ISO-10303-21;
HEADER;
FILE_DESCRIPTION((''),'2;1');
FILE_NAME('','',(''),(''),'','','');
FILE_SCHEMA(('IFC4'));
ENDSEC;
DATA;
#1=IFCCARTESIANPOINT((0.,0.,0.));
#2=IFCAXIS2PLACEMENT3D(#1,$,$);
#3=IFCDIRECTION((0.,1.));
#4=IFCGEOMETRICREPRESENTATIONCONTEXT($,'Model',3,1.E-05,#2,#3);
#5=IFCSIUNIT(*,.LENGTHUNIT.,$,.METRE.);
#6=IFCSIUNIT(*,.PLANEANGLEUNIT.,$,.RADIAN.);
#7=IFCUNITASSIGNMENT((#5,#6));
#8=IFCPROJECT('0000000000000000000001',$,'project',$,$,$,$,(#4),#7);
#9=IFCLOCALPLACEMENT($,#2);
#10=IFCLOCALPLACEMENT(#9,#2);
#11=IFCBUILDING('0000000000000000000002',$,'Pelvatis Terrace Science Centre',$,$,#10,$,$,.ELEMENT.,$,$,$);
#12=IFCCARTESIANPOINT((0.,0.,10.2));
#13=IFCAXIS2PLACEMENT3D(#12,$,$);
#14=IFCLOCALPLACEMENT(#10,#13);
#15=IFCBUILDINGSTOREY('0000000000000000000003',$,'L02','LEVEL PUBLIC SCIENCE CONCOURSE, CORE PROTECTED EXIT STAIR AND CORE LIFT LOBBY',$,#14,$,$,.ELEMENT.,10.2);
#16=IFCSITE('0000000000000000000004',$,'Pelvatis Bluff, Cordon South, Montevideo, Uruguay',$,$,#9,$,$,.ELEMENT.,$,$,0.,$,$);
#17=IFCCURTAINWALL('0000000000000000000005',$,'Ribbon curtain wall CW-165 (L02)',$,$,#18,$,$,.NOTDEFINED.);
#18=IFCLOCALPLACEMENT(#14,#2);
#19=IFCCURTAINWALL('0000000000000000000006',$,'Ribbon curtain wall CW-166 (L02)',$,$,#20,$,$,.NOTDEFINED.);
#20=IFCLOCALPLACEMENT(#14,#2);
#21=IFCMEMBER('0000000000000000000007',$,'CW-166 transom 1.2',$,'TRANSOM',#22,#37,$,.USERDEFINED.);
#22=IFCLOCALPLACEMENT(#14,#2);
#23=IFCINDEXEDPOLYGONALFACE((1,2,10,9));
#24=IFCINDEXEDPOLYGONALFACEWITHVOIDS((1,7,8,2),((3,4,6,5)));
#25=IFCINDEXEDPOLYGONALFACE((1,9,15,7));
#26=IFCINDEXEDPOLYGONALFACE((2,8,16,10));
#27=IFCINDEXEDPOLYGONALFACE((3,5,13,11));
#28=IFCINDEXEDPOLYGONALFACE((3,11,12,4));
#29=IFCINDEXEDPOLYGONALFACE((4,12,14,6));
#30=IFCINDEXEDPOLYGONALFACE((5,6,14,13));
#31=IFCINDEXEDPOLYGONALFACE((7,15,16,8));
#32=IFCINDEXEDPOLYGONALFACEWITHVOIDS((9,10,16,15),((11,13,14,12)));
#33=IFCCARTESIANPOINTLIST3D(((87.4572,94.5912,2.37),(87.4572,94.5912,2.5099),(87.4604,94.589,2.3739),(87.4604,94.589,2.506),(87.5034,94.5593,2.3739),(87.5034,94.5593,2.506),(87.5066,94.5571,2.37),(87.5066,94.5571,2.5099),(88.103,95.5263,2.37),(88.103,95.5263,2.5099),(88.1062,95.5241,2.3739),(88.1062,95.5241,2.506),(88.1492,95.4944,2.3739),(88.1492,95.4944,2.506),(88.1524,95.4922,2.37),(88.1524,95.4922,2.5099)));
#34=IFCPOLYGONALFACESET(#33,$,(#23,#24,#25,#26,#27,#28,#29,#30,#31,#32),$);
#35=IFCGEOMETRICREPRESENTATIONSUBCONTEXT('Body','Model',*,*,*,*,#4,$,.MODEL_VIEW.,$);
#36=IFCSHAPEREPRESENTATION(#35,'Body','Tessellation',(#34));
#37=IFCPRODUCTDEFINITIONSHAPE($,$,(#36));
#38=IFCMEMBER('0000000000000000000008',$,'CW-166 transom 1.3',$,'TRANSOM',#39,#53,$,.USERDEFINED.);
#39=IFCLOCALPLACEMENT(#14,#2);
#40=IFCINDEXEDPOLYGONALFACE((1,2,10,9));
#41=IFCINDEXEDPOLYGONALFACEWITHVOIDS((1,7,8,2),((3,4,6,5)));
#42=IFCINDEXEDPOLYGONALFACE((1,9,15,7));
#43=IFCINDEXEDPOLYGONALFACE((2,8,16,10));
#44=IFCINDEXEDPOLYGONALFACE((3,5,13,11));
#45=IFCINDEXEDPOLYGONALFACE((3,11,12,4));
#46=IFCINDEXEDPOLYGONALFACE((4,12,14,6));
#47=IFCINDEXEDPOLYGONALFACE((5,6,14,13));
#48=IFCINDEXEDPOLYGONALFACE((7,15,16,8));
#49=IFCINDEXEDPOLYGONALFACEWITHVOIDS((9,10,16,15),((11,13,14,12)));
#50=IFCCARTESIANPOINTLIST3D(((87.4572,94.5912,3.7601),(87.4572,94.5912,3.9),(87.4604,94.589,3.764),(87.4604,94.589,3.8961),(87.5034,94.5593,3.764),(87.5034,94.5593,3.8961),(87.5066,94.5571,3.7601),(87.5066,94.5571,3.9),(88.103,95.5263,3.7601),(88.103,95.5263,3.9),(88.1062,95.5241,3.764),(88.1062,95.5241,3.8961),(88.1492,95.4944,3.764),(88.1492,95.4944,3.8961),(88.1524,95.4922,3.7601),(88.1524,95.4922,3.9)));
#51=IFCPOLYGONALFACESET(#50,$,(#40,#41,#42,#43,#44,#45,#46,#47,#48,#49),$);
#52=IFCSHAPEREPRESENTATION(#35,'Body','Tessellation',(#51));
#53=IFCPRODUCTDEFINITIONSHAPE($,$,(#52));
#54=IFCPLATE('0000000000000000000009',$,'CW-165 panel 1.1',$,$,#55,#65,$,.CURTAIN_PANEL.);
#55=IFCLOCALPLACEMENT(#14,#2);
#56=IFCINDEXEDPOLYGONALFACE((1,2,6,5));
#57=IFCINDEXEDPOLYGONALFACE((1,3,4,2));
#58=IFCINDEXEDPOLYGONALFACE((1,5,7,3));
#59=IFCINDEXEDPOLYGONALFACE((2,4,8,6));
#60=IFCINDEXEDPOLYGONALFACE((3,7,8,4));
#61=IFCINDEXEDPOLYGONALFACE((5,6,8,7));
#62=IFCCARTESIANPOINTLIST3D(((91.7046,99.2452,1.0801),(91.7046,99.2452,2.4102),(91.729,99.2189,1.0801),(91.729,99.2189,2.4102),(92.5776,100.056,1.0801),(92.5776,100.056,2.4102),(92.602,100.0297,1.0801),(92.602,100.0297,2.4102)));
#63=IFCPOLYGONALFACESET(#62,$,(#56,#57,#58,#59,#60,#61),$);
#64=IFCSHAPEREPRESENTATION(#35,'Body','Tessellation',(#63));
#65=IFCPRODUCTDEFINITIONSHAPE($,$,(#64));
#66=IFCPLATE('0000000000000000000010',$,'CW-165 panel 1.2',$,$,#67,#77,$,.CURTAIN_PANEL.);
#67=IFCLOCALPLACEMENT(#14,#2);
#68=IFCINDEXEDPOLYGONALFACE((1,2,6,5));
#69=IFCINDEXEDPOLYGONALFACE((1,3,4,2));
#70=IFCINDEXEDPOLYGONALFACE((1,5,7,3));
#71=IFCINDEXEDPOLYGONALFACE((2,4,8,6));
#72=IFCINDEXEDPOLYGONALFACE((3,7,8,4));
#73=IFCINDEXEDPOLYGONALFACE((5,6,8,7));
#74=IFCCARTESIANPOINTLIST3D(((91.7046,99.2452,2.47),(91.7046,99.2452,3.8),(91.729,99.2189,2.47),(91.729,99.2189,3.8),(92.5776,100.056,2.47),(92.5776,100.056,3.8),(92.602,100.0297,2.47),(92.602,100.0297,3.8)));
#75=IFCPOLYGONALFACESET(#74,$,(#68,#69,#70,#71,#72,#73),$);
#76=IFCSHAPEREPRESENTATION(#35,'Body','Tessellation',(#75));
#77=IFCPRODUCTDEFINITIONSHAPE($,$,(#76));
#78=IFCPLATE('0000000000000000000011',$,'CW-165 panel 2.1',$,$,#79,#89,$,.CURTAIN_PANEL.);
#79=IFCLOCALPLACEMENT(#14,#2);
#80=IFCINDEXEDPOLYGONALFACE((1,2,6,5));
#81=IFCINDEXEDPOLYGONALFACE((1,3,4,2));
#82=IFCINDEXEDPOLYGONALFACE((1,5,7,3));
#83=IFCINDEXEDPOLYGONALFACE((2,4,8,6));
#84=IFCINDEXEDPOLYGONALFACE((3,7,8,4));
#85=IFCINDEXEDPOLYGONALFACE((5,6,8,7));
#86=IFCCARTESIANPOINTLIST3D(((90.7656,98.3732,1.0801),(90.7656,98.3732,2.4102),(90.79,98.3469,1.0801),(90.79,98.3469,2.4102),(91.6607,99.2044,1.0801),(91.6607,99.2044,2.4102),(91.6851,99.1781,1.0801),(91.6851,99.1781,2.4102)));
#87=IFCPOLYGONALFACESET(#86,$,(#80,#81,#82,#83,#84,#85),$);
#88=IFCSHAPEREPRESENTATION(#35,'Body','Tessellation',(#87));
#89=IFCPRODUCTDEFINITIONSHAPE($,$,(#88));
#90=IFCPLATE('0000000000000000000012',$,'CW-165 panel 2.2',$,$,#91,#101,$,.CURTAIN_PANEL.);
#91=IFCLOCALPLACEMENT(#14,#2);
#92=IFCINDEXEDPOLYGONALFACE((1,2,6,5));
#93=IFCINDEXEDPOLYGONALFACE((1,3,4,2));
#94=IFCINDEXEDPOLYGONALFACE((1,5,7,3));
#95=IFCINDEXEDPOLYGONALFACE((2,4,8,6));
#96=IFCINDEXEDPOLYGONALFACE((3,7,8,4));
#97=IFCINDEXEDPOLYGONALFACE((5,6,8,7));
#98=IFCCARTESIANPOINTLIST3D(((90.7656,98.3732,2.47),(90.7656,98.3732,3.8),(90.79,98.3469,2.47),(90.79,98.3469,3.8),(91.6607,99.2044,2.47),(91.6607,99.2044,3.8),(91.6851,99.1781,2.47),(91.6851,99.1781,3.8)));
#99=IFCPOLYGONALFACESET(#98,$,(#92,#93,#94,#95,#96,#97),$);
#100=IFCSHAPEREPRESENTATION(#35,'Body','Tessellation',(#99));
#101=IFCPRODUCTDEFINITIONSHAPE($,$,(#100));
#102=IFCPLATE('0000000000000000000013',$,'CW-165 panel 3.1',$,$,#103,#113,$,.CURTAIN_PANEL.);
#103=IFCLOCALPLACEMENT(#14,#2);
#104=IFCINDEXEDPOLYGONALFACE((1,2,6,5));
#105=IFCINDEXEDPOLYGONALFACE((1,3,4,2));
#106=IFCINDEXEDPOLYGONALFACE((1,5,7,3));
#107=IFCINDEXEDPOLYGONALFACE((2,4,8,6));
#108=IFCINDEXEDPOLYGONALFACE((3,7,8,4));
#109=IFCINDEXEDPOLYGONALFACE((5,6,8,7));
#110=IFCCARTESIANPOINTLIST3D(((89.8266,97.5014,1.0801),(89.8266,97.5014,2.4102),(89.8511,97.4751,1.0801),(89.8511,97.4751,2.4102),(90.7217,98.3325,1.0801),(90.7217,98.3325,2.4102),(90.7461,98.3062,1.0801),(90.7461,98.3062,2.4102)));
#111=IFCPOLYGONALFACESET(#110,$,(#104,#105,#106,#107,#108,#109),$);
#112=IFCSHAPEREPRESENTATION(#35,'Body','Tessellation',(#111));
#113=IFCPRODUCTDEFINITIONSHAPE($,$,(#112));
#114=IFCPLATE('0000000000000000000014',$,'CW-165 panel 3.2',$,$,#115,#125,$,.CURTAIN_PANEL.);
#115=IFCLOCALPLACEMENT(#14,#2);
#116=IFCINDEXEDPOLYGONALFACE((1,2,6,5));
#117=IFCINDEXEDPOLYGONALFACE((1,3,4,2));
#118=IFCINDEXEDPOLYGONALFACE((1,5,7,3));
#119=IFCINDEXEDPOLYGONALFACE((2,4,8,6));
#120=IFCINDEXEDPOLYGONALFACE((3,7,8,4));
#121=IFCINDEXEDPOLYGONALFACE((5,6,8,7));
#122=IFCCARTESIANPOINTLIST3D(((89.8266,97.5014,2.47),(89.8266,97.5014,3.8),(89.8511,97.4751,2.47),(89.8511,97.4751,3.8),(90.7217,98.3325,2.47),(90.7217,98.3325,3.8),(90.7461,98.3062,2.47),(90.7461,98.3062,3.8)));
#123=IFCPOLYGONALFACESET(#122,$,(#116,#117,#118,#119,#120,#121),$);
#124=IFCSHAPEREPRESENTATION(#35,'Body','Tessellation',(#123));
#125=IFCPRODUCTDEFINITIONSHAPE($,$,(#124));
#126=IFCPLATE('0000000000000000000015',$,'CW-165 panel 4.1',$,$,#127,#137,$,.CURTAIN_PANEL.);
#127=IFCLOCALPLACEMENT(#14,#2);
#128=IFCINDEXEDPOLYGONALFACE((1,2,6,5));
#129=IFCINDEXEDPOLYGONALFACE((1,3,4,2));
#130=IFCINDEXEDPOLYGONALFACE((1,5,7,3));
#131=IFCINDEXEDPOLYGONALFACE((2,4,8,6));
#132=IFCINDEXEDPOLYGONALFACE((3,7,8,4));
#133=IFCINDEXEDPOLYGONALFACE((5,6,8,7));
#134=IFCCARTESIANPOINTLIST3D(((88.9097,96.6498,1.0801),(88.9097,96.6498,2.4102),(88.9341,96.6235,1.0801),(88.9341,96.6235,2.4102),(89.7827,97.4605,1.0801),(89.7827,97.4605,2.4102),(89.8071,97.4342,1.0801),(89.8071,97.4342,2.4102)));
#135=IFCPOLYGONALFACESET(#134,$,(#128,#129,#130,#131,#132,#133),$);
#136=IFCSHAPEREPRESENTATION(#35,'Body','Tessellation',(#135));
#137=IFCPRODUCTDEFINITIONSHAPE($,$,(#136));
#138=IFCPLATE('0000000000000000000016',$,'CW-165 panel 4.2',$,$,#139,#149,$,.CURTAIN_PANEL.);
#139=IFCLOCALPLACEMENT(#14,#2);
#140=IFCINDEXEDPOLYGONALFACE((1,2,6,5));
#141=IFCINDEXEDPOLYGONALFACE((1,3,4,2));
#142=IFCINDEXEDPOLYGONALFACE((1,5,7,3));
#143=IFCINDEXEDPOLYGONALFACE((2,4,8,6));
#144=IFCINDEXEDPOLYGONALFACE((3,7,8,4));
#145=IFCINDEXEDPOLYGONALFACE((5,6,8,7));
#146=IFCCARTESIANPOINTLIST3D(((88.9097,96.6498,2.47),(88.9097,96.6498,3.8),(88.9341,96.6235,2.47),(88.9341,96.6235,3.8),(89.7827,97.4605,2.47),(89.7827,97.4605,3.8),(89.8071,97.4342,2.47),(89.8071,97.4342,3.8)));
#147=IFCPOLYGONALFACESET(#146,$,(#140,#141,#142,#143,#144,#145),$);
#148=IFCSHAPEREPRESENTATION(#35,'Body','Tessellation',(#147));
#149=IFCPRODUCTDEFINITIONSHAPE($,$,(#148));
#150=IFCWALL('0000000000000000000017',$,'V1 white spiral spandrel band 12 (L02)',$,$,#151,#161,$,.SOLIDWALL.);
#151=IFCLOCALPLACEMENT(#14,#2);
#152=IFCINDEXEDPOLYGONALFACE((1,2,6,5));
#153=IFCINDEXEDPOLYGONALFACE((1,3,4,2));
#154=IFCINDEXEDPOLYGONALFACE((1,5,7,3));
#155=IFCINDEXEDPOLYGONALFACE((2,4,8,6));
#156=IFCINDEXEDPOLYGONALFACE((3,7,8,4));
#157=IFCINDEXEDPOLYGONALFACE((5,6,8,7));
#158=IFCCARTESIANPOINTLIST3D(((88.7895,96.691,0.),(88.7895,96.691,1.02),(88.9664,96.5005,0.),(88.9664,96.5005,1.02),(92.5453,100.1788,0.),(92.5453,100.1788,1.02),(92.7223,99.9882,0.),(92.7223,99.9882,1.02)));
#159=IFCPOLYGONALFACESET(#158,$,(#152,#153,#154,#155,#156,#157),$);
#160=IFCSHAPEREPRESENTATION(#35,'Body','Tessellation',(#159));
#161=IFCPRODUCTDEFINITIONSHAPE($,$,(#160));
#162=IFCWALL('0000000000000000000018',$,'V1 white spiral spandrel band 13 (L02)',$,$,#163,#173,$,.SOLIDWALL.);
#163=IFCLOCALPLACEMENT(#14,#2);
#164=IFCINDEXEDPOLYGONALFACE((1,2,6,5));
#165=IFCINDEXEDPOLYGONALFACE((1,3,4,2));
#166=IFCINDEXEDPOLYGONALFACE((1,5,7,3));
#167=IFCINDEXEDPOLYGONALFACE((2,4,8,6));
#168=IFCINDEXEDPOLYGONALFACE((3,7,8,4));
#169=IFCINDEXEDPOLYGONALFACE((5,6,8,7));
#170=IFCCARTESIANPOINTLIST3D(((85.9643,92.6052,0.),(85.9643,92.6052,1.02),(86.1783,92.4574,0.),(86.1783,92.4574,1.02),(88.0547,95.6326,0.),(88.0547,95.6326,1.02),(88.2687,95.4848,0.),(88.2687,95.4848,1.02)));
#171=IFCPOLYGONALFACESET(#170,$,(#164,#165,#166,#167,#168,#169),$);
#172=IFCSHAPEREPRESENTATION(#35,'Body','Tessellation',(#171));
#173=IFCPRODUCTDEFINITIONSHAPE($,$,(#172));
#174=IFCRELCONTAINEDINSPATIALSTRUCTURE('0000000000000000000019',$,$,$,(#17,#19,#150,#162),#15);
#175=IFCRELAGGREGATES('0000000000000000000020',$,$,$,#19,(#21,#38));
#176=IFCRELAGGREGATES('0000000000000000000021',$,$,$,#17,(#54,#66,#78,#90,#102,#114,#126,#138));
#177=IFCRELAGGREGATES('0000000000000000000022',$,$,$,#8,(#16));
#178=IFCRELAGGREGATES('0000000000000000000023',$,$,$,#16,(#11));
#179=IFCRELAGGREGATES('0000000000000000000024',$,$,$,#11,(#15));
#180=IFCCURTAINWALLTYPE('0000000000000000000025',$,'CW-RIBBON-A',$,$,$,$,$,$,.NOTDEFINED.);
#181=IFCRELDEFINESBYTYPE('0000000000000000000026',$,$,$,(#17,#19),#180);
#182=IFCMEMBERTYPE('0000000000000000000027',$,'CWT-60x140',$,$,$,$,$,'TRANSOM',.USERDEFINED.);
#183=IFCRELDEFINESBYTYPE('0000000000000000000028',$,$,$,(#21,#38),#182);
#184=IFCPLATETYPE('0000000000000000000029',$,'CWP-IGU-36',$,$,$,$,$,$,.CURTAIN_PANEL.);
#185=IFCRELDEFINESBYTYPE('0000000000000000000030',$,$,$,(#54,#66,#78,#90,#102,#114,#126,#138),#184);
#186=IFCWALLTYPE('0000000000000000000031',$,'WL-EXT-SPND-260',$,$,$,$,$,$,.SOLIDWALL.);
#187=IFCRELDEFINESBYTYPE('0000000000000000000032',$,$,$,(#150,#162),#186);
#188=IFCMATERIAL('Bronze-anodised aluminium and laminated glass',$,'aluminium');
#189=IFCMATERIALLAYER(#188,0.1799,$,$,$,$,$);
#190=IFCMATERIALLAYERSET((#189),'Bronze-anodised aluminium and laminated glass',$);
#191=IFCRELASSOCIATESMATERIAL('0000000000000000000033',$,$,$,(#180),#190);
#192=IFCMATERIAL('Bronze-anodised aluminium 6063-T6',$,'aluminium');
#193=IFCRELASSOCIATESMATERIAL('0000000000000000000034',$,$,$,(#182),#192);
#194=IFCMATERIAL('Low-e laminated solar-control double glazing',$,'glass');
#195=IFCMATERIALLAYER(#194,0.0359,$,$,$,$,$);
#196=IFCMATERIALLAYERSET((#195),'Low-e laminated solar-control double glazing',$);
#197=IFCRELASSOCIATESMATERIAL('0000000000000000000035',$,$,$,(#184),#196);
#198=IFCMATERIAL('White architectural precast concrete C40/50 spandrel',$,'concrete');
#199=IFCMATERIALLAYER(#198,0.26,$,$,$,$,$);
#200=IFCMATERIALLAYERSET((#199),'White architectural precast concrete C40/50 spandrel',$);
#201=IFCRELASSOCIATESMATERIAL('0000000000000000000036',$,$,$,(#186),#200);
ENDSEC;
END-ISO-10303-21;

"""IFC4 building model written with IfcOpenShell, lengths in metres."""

from ifc_helpers import new_model, si_unit, direction, frame, frame_2d, origin, origin_2d, place, context, subcontext, project, spatial, rectangle, hollow_rectangle, extrude, material, layer, layer_set, material_profile, profile_set, type_object, element, aggregate, save


model = new_model("IFC4")

# Units and contexts
model_context = context("Model", 3, precision=1e-05, world=origin(), true_north=direction((0.0, 1.0)))
body_context = subcontext(model_context, "Body", "Model", "MODEL_VIEW")
ifc_project = project(units=[si_unit("LENGTHUNIT", "METRE"), si_unit("PLANEANGLEUNIT", "RADIAN")], contexts=[model_context])

# Site, building, storey
site_placement = place(None, origin())
site = spatial("IfcSite", under=ifc_project, at=site_placement, Name="Pelvatis Bluff, Cordon South, Montevideo, Uruguay", CompositionType="ELEMENT", RefElevation=0.0)
building_placement = place(site_placement, origin())
building = spatial("IfcBuilding", under=site, at=building_placement, Name="Pelvatis Terrace Science Centre", CompositionType="ELEMENT")
storey_placement = place(building_placement, frame((0.0, 0.0, 10.2)))
storey = spatial("IfcBuildingStorey", under=building, at=storey_placement, Name="L02", Description="LEVEL PUBLIC SCIENCE CONCOURSE, CORE PROTECTED EXIT STAIR AND CORE LIFT LOBBY", CompositionType="ELEMENT", Elevation=10.2)

# Shared definitions
ifc_material_1 = material(Name="Bronze-anodised aluminium and laminated glass", Category="aluminium")
ifc_layer_1 = layer(ifc_material_1, 0.1799)
ifc_layer_set_1 = layer_set([ifc_layer_1], Name="Bronze-anodised aluminium and laminated glass")
curtain_wall_type = type_object("IfcCurtainWallType", Name="CW-RIBBON-A", PredefinedType="NOTDEFINED", material=ifc_layer_set_1)

# Curtain wall
curtain_wall_1_placement = place(storey_placement, origin())
curtain_wall_1 = element("IfcCurtainWall", 1, at=curtain_wall_1_placement, inside=storey, type_object=curtain_wall_type, Name="Ribbon curtain wall CW-165 (L02)", PredefinedType="NOTDEFINED")

# Curtain wall
curtain_wall_2_placement = place(storey_placement, origin())
curtain_wall_2 = element("IfcCurtainWall", 2, at=curtain_wall_2_placement, inside=storey, type_object=curtain_wall_type, Name="Ribbon curtain wall CW-166 (L02)", PredefinedType="NOTDEFINED")

# Members
ifc_material_2 = material(Name="Bronze-anodised aluminium 6063-T6", Category="aluminium")
ifc_material_profile_1 = material_profile(ifc_material_2, hollow_rectangle(XDim=0.0601, YDim=0.1399, WallThickness=0.0039, at=origin_2d()), Name="ALU-TRN 60x140")
ifc_profile_set_1 = profile_set([ifc_material_profile_1], Name="Bronze-anodised aluminium 6063-T6")
member_type_1 = type_object("IfcMemberType", Name="CWT-60x140", ElementType="TRANSOM", PredefinedType="USERDEFINED", material=ifc_profile_set_1)
member_1_placement = place(storey_placement, frame((88.1277, 95.5093, 2.4399), z_axis=(-0.56826, -0.822849, 0.0), x_axis=(0.822849, -0.56826, 0.0)))
member_1 = element("IfcMember", 3, at=member_1_placement, type_object=member_type_1, Name="CW-166 transom 1.2", ObjectType="TRANSOM", PredefinedType="USERDEFINED", context=body_context, shape_type="SweptSolid", body=[
    extrude(hollow_rectangle(XDim=0.0601, YDim=0.1399, WallThickness=0.0039, at=origin_2d()), origin(), (0.0, 0.0, 1.0), 1.1365),
])
member_2_placement = place(storey_placement, frame((88.1277, 95.5093, 3.8301), z_axis=(-0.56826, -0.822849, 0.0), x_axis=(0.822849, -0.56826, 0.0)))
member_2 = element("IfcMember", 4, at=member_2_placement, type_object=member_type_1, Name="CW-166 transom 1.3", ObjectType="TRANSOM", PredefinedType="USERDEFINED", context=body_context, shape_type="SweptSolid", body=[
    extrude(hollow_rectangle(XDim=0.0601, YDim=0.1399, WallThickness=0.0039, at=origin_2d()), origin(), (0.0, 0.0, 1.0), 1.1365),
])
aggregate(curtain_wall_2, [member_1, member_2])

# Plates
ifc_material_3 = material(Name="Low-e laminated solar-control double glazing", Category="glass")
ifc_layer_2 = layer(ifc_material_3, 0.0359)
ifc_layer_set_2 = layer_set([ifc_layer_2], Name="Low-e laminated solar-control double glazing")
plate_type = type_object("IfcPlateType", Name="CWP-IGU-36", PredefinedType="CURTAIN_PANEL", material=ifc_layer_set_2)
plate_1_placement = place(storey_placement, frame((92.1533, 99.6375, 1.0801), z_axis=(0.0, 0.0, 1.0), x_axis=(-0.732776, -0.68047, 0.0)))
plate_1 = element("IfcPlate", 5, at=plate_1_placement, type_object=plate_type, Name="CW-165 panel 1.1", PredefinedType="CURTAIN_PANEL", context=body_context, shape_type="SweptSolid", body=[
    extrude(rectangle(XDim=1.1914, YDim=0.0359, at=origin_2d()), origin(), (0.0, 0.0, 1.0), 1.3301),
])
plate_2_placement = place(storey_placement, frame((92.1533, 99.6375, 2.47), z_axis=(0.0, 0.0, 1.0), x_axis=(-0.732776, -0.68047, 0.0)))
plate_2 = element("IfcPlate", 6, at=plate_2_placement, type_object=plate_type, Name="CW-165 panel 1.2", PredefinedType="CURTAIN_PANEL", context=body_context, shape_type="SweptSolid", body=[
    extrude(rectangle(XDim=1.1914, YDim=0.0359, at=origin_2d()), origin(), (0.0, 0.0, 1.0), 1.3301),
])
plate_3_placement = place(storey_placement, frame((91.2253, 98.7756, 1.0801), z_axis=(0.0, 0.0, 1.0), x_axis=(-0.732776, -0.68047, 0.0)))
plate_3 = element("IfcPlate", 7, at=plate_3_placement, type_object=plate_type, Name="CW-165 panel 2.1", PredefinedType="CURTAIN_PANEL", context=body_context, shape_type="SweptSolid", body=[
    extrude(rectangle(XDim=1.2214, YDim=0.0359, at=origin_2d()), origin(), (0.0, 0.0, 1.0), 1.3301),
])
plate_4_placement = place(storey_placement, frame((91.2253, 98.7756, 2.47), z_axis=(0.0, 0.0, 1.0), x_axis=(-0.732776, -0.68047, 0.0)))
plate_4 = element("IfcPlate", 8, at=plate_4_placement, type_object=plate_type, Name="CW-165 panel 2.2", PredefinedType="CURTAIN_PANEL", context=body_context, shape_type="SweptSolid", body=[
    extrude(rectangle(XDim=1.2214, YDim=0.0359, at=origin_2d()), origin(), (0.0, 0.0, 1.0), 1.3301),
])
plate_5_placement = place(storey_placement, frame((90.2864, 97.9038, 1.0801), z_axis=(0.0, 0.0, 1.0), x_axis=(-0.732776, -0.68047, 0.0)))
plate_5 = element("IfcPlate", 9, at=plate_5_placement, type_object=plate_type, Name="CW-165 panel 3.1", PredefinedType="CURTAIN_PANEL", context=body_context, shape_type="SweptSolid", body=[
    extrude(rectangle(XDim=1.2214, YDim=0.0359, at=origin_2d()), origin(), (0.0, 0.0, 1.0), 1.3301),
])
plate_6_placement = place(storey_placement, frame((90.2864, 97.9038, 2.47), z_axis=(0.0, 0.0, 1.0), x_axis=(-0.732776, -0.68047, 0.0)))
plate_6 = element("IfcPlate", 10, at=plate_6_placement, type_object=plate_type, Name="CW-165 panel 3.2", PredefinedType="CURTAIN_PANEL", context=body_context, shape_type="SweptSolid", body=[
    extrude(rectangle(XDim=1.2214, YDim=0.0359, at=origin_2d()), origin(), (0.0, 0.0, 1.0), 1.3301),
])
plate_7_placement = place(storey_placement, frame((89.3584, 97.042, 1.0801), z_axis=(0.0, 0.0, 1.0), x_axis=(-0.732776, -0.68047, 0.0)))
plate_7 = element("IfcPlate", 11, at=plate_7_placement, type_object=plate_type, Name="CW-165 panel 4.1", PredefinedType="CURTAIN_PANEL", context=body_context, shape_type="SweptSolid", body=[
    extrude(rectangle(XDim=1.1914, YDim=0.0359, at=origin_2d()), origin(), (0.0, 0.0, 1.0), 1.3301),
])
plate_8_placement = place(storey_placement, frame((89.3584, 97.042, 2.47), z_axis=(0.0, 0.0, 1.0), x_axis=(-0.732776, -0.68047, 0.0)))
plate_8 = element("IfcPlate", 12, at=plate_8_placement, type_object=plate_type, Name="CW-165 panel 4.2", PredefinedType="CURTAIN_PANEL", context=body_context, shape_type="SweptSolid", body=[
    extrude(rectangle(XDim=1.1914, YDim=0.0359, at=origin_2d()), origin(), (0.0, 0.0, 1.0), 1.3301),
])
aggregate(curtain_wall_1, [plate_1, plate_2, plate_3, plate_4, plate_5, plate_6, plate_7, plate_8])

# Walls
ifc_material_4 = material(Name="White architectural precast concrete C40/50 spandrel", Category="concrete")
ifc_layer_3 = layer(ifc_material_4, 0.26)
ifc_layer_set_3 = layer_set([ifc_layer_3], Name="White architectural precast concrete C40/50 spandrel")
wall_type = type_object("IfcWallType", Name="WL-EXT-SPND-260", PredefinedType="SOLIDWALL", material=ifc_layer_set_3)
wall_1_placement = place(storey_placement, frame((92.6338, 100.0835, 0.0), z_axis=(0.0, 0.0, 1.0), x_axis=(-0.732773, -0.680473, 0.0)))
element("IfcWall", 13, at=wall_1_placement, inside=storey, type_object=wall_type, Name="V1 white spiral spandrel band 12 (L02)", PredefinedType="SOLIDWALL", context=body_context, shape_type="SweptSolid", body=[
    extrude(rectangle(XDim=5.1255, YDim=0.26, at=frame_2d((2.5627, 0.0))), origin(), (0.0, 0.0, 1.0), 1.02),
])
wall_2_placement = place(storey_placement, frame((88.1616, 95.5586, 0.0), z_axis=(0.0, 0.0, 1.0), x_axis=(-0.568195, -0.822894, 0.0)))
element("IfcWall", 14, at=wall_2_placement, inside=storey, type_object=wall_type, Name="V1 white spiral spandrel band 13 (L02)", PredefinedType="SOLIDWALL", context=body_context, shape_type="SweptSolid", body=[
    extrude(rectangle(XDim=3.679, YDim=0.26, at=frame_2d((1.8394, 0.0))), origin(), (0.0, 0.0, 1.0), 1.02),
])

save(model, "model.ifc")
